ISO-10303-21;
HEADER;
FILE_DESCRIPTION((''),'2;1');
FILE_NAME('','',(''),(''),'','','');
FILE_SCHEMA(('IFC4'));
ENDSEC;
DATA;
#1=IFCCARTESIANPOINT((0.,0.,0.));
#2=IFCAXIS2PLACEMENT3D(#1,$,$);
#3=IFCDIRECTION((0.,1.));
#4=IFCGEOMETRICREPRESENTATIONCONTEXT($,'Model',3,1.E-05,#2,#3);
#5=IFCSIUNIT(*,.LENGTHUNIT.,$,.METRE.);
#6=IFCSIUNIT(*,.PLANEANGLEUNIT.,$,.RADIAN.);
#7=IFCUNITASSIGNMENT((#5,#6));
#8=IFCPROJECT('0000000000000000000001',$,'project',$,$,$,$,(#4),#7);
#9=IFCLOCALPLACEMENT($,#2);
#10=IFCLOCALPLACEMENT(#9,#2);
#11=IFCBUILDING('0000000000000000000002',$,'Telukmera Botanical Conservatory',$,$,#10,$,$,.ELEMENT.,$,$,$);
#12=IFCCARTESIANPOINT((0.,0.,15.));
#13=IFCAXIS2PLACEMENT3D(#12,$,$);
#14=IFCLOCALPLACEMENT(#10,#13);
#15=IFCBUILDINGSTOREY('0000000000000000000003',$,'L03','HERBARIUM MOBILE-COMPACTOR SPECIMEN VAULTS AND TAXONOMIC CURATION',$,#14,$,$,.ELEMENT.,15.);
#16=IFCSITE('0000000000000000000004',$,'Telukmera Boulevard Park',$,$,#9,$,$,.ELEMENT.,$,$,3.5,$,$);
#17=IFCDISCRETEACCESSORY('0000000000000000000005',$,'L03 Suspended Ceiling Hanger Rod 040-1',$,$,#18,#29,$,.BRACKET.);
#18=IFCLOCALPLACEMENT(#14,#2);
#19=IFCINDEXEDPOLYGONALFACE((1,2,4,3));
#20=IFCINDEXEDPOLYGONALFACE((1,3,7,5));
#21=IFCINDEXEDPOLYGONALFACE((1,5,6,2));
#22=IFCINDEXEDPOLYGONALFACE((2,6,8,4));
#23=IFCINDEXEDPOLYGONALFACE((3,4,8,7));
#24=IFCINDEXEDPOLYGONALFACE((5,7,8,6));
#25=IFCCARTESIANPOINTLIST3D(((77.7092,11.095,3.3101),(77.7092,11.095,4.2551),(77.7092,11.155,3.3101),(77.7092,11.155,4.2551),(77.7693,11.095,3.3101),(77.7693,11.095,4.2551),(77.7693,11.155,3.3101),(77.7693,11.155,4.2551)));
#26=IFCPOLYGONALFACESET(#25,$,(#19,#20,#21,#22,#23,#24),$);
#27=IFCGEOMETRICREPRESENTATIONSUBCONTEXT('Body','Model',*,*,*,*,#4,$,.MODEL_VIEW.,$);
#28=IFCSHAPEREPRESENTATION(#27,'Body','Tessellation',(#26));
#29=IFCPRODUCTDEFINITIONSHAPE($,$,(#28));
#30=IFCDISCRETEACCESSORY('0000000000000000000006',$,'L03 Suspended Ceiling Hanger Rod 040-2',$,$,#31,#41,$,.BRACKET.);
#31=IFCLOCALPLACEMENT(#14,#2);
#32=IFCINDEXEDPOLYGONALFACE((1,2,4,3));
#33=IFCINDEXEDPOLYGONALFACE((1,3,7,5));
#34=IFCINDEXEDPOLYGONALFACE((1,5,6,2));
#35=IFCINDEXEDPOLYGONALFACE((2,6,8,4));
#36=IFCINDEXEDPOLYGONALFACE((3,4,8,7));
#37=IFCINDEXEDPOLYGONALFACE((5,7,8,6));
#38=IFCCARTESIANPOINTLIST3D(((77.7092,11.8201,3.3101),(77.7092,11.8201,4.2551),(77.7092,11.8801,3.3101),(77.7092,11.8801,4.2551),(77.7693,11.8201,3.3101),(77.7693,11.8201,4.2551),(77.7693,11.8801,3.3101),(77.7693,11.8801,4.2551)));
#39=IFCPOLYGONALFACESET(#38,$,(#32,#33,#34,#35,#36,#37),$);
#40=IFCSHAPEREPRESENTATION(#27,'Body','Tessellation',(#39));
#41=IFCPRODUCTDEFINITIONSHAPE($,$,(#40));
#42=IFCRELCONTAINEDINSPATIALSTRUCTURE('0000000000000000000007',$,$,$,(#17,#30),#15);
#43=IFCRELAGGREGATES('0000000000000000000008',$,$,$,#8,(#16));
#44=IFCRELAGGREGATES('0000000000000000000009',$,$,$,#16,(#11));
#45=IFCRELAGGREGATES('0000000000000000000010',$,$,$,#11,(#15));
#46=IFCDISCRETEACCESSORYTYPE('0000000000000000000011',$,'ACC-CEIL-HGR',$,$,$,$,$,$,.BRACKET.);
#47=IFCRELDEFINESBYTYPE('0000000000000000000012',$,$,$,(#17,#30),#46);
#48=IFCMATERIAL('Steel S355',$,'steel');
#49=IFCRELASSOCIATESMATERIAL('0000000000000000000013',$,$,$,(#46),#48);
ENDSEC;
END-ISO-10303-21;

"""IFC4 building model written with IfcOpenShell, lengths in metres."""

from ifc_helpers import new_model, si_unit, direction, frame, origin, origin_2d, place, context, subcontext, project, spatial, rectangle, extrude, material, type_object, element, save


model = new_model("IFC4")

# Units and contexts
model_context = context("Model", 3, precision=1e-05, world=origin(), true_north=direction((0.0, 1.0)))
body_context = subcontext(model_context, "Body", "Model", "MODEL_VIEW")
ifc_project = project(units=[si_unit("LENGTHUNIT", "METRE"), si_unit("PLANEANGLEUNIT", "RADIAN")], contexts=[model_context])

# Site, building, storey
site_placement = place(None, origin())
site = spatial("IfcSite", under=ifc_project, at=site_placement, Name="Telukmera Boulevard Park", CompositionType="ELEMENT", RefElevation=3.5)
building_placement = place(site_placement, origin())
building = spatial("IfcBuilding", under=site, at=building_placement, Name="Telukmera Botanical Conservatory", CompositionType="ELEMENT")
storey_placement = place(building_placement, frame((0.0, 0.0, 15.0)))
storey = spatial("IfcBuildingStorey", under=building, at=storey_placement, Name="L03", Description="HERBARIUM MOBILE-COMPACTOR SPECIMEN VAULTS AND TAXONOMIC CURATION", CompositionType="ELEMENT", Elevation=15.0)

# Discrete accessories
ifc_material_1 = material(Name="Steel S355", Category="steel")
discrete_accessory_type = type_object("IfcDiscreteAccessoryType", Name="ACC-CEIL-HGR", PredefinedType="BRACKET", material=ifc_material_1)
for number, where, z_axis, x_axis, name in (
    (1, (77.7393, 11.125, 3.3101), (0.0, 0.0, 1.0), (1.0, 0.0, 0.0), "L03 Suspended Ceiling Hanger Rod 040-1"),
    (2, (77.7393, 11.8501, 3.3101), (0.0, 0.0, 1.0), (1.0, 0.0, 0.0), "L03 Suspended Ceiling Hanger Rod 040-2"),
):
    element("IfcDiscreteAccessory", number, at=place(storey_placement, frame(where, z_axis=z_axis, x_axis=x_axis)), inside=storey, type_object=discrete_accessory_type, Name=name, PredefinedType="BRACKET", context=body_context, shape_type="SweptSolid", body=[
        extrude(rectangle(XDim=0.0601, YDim=0.0601, at=origin_2d()), origin(), (0.0, 0.0, 1.0), 0.9451),
    ])

save(model, "model.ifc")
